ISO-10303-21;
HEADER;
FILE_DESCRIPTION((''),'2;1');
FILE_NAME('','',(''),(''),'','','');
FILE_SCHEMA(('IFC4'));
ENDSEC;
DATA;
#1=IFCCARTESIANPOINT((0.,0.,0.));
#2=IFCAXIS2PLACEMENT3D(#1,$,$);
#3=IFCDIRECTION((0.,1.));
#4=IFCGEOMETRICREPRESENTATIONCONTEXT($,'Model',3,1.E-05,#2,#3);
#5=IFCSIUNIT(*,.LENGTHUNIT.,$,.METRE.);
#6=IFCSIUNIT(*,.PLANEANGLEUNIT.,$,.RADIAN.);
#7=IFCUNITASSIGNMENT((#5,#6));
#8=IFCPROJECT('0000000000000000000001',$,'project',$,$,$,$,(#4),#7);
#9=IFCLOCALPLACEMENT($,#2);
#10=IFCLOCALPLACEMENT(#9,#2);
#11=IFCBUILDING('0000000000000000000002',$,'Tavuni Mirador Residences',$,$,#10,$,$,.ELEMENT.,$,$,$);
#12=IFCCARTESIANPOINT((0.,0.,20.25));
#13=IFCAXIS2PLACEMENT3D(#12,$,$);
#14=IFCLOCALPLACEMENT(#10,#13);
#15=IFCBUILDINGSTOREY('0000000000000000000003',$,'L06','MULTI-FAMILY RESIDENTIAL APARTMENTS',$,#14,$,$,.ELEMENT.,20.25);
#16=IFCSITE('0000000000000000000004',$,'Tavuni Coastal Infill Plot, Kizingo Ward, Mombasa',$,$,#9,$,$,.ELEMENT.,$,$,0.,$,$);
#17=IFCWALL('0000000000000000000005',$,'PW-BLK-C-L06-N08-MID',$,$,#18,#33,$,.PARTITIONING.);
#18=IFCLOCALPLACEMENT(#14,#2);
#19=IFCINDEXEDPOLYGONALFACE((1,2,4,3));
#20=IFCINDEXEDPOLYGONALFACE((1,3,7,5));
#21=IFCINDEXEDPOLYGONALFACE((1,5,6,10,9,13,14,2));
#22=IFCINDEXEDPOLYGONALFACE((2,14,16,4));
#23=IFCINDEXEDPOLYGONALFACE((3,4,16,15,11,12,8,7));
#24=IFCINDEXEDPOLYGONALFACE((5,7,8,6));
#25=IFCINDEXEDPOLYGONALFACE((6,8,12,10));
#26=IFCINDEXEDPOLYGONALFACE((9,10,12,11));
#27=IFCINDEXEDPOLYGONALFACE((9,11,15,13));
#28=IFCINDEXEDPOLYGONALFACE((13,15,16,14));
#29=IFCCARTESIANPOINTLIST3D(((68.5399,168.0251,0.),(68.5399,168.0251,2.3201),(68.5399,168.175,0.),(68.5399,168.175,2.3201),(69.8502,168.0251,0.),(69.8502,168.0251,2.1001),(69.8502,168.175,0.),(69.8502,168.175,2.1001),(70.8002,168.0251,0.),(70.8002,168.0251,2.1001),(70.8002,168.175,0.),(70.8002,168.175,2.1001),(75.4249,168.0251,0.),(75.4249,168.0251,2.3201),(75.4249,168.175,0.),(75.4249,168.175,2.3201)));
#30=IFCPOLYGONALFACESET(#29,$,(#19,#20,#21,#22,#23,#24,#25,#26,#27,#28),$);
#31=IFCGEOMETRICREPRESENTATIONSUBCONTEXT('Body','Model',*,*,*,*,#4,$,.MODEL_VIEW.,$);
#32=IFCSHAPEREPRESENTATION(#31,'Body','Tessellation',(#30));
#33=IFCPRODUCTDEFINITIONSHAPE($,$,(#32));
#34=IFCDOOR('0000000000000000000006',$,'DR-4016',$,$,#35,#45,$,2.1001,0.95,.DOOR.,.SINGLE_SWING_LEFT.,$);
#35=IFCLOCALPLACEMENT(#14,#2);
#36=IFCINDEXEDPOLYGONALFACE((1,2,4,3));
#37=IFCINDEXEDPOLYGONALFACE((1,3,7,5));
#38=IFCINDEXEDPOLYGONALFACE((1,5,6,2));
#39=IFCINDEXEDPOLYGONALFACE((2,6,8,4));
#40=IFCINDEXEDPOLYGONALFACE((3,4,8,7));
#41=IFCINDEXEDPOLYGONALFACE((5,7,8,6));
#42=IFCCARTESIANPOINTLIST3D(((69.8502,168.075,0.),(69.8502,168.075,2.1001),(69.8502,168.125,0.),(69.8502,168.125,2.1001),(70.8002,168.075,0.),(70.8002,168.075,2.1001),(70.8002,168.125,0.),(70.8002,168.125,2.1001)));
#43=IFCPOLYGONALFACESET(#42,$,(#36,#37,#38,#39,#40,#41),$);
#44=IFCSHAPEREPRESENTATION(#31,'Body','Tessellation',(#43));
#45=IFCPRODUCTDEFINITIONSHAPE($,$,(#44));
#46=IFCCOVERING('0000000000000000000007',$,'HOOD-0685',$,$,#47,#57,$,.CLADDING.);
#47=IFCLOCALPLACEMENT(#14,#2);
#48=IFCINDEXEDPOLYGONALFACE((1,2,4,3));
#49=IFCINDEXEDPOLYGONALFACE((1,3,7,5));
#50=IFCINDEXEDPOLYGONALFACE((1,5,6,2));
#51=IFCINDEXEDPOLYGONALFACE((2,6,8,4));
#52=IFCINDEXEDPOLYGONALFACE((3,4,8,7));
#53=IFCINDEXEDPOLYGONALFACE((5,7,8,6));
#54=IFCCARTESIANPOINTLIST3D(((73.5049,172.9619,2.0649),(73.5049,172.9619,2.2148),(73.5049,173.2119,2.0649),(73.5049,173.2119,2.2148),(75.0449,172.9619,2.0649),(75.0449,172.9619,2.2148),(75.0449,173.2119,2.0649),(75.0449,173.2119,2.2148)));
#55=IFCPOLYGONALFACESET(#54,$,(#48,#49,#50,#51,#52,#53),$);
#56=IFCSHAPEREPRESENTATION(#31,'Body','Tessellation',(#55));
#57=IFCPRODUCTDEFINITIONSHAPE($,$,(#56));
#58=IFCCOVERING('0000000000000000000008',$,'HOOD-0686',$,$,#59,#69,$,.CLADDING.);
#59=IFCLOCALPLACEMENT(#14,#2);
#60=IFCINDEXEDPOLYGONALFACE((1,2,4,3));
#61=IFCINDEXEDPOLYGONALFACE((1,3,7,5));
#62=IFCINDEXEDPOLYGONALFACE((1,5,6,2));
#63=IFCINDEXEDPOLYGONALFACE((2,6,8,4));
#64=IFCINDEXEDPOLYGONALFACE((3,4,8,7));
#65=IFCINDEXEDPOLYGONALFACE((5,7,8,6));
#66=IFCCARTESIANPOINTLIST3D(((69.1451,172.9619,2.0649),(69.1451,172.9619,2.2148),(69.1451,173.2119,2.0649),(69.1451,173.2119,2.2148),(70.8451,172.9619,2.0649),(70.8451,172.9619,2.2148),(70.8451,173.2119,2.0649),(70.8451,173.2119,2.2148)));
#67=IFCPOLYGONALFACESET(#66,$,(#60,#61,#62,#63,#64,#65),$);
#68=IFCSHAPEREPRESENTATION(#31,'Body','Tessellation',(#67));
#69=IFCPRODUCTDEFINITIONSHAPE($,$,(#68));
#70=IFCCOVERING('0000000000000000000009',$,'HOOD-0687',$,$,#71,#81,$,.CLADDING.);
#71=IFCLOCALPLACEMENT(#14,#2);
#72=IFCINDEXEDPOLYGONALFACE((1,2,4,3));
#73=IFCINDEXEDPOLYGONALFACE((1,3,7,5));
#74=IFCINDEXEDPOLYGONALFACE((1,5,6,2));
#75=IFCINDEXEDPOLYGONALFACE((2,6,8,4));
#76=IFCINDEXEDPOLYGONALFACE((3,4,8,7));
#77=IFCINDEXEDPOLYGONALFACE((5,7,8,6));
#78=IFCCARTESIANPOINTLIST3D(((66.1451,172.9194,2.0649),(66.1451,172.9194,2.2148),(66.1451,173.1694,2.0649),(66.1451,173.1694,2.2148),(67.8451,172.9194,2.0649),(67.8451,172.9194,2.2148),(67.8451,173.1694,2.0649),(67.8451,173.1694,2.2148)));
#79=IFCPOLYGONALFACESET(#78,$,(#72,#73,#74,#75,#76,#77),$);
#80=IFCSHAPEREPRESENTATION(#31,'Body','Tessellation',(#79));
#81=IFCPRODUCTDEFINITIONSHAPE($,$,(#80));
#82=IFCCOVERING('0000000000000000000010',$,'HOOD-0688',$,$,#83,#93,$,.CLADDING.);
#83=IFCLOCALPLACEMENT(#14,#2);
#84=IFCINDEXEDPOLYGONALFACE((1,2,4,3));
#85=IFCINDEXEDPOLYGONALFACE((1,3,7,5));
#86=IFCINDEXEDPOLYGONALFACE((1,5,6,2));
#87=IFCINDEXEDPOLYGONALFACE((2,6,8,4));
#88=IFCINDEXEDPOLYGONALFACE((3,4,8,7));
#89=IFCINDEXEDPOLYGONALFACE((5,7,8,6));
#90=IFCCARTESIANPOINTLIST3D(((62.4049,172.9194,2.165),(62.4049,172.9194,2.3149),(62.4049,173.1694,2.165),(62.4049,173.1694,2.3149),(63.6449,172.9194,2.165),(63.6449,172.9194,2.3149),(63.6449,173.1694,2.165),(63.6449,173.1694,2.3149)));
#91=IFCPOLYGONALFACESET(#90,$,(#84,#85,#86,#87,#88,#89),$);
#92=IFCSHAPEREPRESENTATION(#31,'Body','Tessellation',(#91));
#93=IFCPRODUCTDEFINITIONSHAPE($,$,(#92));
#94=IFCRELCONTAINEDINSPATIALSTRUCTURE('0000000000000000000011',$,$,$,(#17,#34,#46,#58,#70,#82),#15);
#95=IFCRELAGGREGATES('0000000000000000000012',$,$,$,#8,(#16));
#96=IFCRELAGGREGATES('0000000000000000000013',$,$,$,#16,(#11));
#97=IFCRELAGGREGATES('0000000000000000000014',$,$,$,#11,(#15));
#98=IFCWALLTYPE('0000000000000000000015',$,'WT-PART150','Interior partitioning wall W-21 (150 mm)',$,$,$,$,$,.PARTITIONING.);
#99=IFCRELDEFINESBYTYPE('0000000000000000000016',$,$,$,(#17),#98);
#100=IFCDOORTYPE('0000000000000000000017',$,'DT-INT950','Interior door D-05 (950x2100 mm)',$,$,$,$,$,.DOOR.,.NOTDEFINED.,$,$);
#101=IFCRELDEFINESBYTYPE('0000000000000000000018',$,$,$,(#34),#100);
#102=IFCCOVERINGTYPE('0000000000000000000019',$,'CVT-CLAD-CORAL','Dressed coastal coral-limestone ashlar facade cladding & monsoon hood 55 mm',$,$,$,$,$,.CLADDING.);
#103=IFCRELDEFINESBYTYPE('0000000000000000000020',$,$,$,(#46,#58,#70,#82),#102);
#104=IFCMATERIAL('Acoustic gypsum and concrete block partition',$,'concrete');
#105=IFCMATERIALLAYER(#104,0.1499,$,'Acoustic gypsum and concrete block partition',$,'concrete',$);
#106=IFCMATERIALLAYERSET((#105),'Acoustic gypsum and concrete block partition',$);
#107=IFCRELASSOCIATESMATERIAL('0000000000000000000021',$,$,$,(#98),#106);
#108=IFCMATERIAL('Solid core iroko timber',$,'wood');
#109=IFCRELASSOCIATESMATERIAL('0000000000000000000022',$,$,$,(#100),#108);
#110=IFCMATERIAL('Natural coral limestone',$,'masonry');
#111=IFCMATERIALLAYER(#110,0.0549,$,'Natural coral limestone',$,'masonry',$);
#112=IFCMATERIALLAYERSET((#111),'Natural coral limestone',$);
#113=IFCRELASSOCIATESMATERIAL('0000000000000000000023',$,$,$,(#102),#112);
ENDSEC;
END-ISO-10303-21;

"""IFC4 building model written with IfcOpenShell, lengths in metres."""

from ifc_helpers import new_model, si_unit, direction, frame, frame_2d, origin, origin_2d, place, context, subcontext, project, spatial, rectangle, extrude, material, layer, layer_set, type_object, element, fill, save


model = new_model("IFC4")

# Units and contexts
model_context = context("Model", 3, precision=1e-05, world=origin(), true_north=direction((0.0, 1.0)))
body_context = subcontext(model_context, "Body", "Model", "MODEL_VIEW")
ifc_project = project(units=[si_unit("LENGTHUNIT", "METRE"), si_unit("PLANEANGLEUNIT", "RADIAN")], contexts=[model_context])

# Site, building, storey
site_placement = place(None, origin())
site = spatial("IfcSite", under=ifc_project, at=site_placement, Name="Tavuni Coastal Infill Plot, Kizingo Ward, Mombasa", CompositionType="ELEMENT", RefElevation=0.0)
building_placement = place(site_placement, origin())
building = spatial("IfcBuilding", under=site, at=building_placement, Name="Tavuni Mirador Residences", CompositionType="ELEMENT")
storey_placement = place(building_placement, frame((0.0, 0.0, 20.25)))
storey = spatial("IfcBuildingStorey", under=building, at=storey_placement, Name="L06", Description="MULTI-FAMILY RESIDENTIAL APARTMENTS", CompositionType="ELEMENT", Elevation=20.25)

# Wall, opening, door
ifc_material_1 = material(Name="Acoustic gypsum and concrete block partition", Category="concrete")
ifc_material_2 = material(Name="Solid core iroko timber", Category="wood")
ifc_layer_1 = layer(ifc_material_1, 0.1499, Name="Acoustic gypsum and concrete block partition", Category="concrete")
ifc_layer_set_1 = layer_set([ifc_layer_1], Name="Acoustic gypsum and concrete block partition")
wall_type_1 = type_object("IfcWallType", Name="WT-PART150", Description="Interior partitioning wall W-21 (150 mm)", PredefinedType="PARTITIONING", material=ifc_layer_set_1)
wall_1_placement = place(storey_placement, frame((68.54, 168.1001, 0.0), z_axis=(0.0, 0.0, 1.0), x_axis=(1.0, 0.0, 0.0)))
wall_1 = element("IfcWall", 1, at=wall_1_placement, inside=storey, type_object=wall_type_1, Name="PW-BLK-C-L06-N08-MID", PredefinedType="PARTITIONING", context=body_context, shape_type="SweptSolid", body=[
    extrude(rectangle(XDim=6.885, YDim=0.1499, at=frame_2d((3.4424, 0.0))), origin(), (0.0, 0.0, 1.0), 2.3201),
])
opening_1_placement = place(wall_1_placement, frame((1.3101, 0.0, 0.0)))
opening_1 = element("IfcOpeningElement", 2, at=opening_1_placement, cuts=wall_1, PredefinedType="OPENING", context=body_context, shape_type="SweptSolid", body=[
    extrude(rectangle(XDim=0.95, YDim=2.1001, at=frame_2d((0.4751, 1.05))), frame((0.0, 0.085, 0.0), z_axis=(0.0, -1.0, 0.0), x_axis=(1.0, 0.0, 0.0)), (0.0, 0.0, 1.0), 0.1699),
])
door_type_1 = type_object("IfcDoorType", Name="DT-INT950", Description="Interior door D-05 (950x2100 mm)", OperationType="NOTDEFINED", PredefinedType="DOOR", material=ifc_material_2)
door_1_placement = place(opening_1_placement, origin())
door_1 = element("IfcDoor", 3, at=door_1_placement, inside=storey, type_object=door_type_1, Name="DR-4016", OperationType="SINGLE_SWING_LEFT", OverallHeight=2.1001, OverallWidth=0.95, PredefinedType="DOOR", context=body_context, shape_type="SweptSolid", body=[
    extrude(rectangle(XDim=0.95, YDim=2.1001, at=frame_2d((0.4751, 1.05))), frame((0.0, 0.0249, 0.0), z_axis=(0.0, -1.0, 0.0), x_axis=(1.0, 0.0, 0.0)), (0.0, 0.0, 1.0), 0.05),
])
fill(opening_1, door_1)

# Coverings
ifc_material_3 = material(Name="Natural coral limestone", Category="masonry")
ifc_layer_2 = layer(ifc_material_3, 0.0549, Name="Natural coral limestone", Category="masonry")
ifc_layer_set_2 = layer_set([ifc_layer_2], Name="Natural coral limestone")
covering_type = type_object("IfcCoveringType", Name="CVT-CLAD-CORAL", Description="Dressed coastal coral-limestone ashlar facade cladding & monsoon hood 55 mm", PredefinedType="CLADDING", material=ifc_layer_set_2)
covering_1_placement = place(storey_placement, frame((74.2749, 173.0869, 2.0649), z_axis=(0.0, 0.0, 1.0), x_axis=(-1.0, 0.0, 0.0)))
element("IfcCovering", 4, at=covering_1_placement, inside=storey, type_object=covering_type, Name="HOOD-0685", PredefinedType="CLADDING", context=body_context, shape_type="SweptSolid", body=[
    extrude(rectangle(XDim=1.54, YDim=0.25, at=origin_2d()), origin(), (0.0, 0.0, 1.0), 0.1499),
])
for number, where, z_axis, x_axis, name in (
    (5, (69.9951, 173.0869, 2.0649), (0.0, 0.0, 1.0), (-1.0, 0.0, 0.0), "HOOD-0686"),
    (6, (66.9951, 173.0444, 2.0649), (0.0, 0.0, 1.0), (-1.0, 0.0, 0.0), "HOOD-0687"),
):
    element("IfcCovering", number, at=place(storey_placement, frame(where, z_axis=z_axis, x_axis=x_axis)), inside=storey, type_object=covering_type, Name=name, PredefinedType="CLADDING", context=body_context, shape_type="SweptSolid", body=[
        extrude(rectangle(XDim=1.7, YDim=0.25, at=origin_2d()), origin(), (0.0, 0.0, 1.0), 0.1499),
    ])
covering_2_placement = place(storey_placement, frame((63.0249, 173.0444, 2.165), z_axis=(0.0, 0.0, 1.0), x_axis=(-1.0, 0.0, 0.0)))
element("IfcCovering", 7, at=covering_2_placement, inside=storey, type_object=covering_type, Name="HOOD-0688", PredefinedType="CLADDING", context=body_context, shape_type="SweptSolid", body=[
    extrude(rectangle(XDim=1.24, YDim=0.25, at=origin_2d()), origin(), (0.0, 0.0, 1.0), 0.1499),
])

save(model, "model.ifc")
